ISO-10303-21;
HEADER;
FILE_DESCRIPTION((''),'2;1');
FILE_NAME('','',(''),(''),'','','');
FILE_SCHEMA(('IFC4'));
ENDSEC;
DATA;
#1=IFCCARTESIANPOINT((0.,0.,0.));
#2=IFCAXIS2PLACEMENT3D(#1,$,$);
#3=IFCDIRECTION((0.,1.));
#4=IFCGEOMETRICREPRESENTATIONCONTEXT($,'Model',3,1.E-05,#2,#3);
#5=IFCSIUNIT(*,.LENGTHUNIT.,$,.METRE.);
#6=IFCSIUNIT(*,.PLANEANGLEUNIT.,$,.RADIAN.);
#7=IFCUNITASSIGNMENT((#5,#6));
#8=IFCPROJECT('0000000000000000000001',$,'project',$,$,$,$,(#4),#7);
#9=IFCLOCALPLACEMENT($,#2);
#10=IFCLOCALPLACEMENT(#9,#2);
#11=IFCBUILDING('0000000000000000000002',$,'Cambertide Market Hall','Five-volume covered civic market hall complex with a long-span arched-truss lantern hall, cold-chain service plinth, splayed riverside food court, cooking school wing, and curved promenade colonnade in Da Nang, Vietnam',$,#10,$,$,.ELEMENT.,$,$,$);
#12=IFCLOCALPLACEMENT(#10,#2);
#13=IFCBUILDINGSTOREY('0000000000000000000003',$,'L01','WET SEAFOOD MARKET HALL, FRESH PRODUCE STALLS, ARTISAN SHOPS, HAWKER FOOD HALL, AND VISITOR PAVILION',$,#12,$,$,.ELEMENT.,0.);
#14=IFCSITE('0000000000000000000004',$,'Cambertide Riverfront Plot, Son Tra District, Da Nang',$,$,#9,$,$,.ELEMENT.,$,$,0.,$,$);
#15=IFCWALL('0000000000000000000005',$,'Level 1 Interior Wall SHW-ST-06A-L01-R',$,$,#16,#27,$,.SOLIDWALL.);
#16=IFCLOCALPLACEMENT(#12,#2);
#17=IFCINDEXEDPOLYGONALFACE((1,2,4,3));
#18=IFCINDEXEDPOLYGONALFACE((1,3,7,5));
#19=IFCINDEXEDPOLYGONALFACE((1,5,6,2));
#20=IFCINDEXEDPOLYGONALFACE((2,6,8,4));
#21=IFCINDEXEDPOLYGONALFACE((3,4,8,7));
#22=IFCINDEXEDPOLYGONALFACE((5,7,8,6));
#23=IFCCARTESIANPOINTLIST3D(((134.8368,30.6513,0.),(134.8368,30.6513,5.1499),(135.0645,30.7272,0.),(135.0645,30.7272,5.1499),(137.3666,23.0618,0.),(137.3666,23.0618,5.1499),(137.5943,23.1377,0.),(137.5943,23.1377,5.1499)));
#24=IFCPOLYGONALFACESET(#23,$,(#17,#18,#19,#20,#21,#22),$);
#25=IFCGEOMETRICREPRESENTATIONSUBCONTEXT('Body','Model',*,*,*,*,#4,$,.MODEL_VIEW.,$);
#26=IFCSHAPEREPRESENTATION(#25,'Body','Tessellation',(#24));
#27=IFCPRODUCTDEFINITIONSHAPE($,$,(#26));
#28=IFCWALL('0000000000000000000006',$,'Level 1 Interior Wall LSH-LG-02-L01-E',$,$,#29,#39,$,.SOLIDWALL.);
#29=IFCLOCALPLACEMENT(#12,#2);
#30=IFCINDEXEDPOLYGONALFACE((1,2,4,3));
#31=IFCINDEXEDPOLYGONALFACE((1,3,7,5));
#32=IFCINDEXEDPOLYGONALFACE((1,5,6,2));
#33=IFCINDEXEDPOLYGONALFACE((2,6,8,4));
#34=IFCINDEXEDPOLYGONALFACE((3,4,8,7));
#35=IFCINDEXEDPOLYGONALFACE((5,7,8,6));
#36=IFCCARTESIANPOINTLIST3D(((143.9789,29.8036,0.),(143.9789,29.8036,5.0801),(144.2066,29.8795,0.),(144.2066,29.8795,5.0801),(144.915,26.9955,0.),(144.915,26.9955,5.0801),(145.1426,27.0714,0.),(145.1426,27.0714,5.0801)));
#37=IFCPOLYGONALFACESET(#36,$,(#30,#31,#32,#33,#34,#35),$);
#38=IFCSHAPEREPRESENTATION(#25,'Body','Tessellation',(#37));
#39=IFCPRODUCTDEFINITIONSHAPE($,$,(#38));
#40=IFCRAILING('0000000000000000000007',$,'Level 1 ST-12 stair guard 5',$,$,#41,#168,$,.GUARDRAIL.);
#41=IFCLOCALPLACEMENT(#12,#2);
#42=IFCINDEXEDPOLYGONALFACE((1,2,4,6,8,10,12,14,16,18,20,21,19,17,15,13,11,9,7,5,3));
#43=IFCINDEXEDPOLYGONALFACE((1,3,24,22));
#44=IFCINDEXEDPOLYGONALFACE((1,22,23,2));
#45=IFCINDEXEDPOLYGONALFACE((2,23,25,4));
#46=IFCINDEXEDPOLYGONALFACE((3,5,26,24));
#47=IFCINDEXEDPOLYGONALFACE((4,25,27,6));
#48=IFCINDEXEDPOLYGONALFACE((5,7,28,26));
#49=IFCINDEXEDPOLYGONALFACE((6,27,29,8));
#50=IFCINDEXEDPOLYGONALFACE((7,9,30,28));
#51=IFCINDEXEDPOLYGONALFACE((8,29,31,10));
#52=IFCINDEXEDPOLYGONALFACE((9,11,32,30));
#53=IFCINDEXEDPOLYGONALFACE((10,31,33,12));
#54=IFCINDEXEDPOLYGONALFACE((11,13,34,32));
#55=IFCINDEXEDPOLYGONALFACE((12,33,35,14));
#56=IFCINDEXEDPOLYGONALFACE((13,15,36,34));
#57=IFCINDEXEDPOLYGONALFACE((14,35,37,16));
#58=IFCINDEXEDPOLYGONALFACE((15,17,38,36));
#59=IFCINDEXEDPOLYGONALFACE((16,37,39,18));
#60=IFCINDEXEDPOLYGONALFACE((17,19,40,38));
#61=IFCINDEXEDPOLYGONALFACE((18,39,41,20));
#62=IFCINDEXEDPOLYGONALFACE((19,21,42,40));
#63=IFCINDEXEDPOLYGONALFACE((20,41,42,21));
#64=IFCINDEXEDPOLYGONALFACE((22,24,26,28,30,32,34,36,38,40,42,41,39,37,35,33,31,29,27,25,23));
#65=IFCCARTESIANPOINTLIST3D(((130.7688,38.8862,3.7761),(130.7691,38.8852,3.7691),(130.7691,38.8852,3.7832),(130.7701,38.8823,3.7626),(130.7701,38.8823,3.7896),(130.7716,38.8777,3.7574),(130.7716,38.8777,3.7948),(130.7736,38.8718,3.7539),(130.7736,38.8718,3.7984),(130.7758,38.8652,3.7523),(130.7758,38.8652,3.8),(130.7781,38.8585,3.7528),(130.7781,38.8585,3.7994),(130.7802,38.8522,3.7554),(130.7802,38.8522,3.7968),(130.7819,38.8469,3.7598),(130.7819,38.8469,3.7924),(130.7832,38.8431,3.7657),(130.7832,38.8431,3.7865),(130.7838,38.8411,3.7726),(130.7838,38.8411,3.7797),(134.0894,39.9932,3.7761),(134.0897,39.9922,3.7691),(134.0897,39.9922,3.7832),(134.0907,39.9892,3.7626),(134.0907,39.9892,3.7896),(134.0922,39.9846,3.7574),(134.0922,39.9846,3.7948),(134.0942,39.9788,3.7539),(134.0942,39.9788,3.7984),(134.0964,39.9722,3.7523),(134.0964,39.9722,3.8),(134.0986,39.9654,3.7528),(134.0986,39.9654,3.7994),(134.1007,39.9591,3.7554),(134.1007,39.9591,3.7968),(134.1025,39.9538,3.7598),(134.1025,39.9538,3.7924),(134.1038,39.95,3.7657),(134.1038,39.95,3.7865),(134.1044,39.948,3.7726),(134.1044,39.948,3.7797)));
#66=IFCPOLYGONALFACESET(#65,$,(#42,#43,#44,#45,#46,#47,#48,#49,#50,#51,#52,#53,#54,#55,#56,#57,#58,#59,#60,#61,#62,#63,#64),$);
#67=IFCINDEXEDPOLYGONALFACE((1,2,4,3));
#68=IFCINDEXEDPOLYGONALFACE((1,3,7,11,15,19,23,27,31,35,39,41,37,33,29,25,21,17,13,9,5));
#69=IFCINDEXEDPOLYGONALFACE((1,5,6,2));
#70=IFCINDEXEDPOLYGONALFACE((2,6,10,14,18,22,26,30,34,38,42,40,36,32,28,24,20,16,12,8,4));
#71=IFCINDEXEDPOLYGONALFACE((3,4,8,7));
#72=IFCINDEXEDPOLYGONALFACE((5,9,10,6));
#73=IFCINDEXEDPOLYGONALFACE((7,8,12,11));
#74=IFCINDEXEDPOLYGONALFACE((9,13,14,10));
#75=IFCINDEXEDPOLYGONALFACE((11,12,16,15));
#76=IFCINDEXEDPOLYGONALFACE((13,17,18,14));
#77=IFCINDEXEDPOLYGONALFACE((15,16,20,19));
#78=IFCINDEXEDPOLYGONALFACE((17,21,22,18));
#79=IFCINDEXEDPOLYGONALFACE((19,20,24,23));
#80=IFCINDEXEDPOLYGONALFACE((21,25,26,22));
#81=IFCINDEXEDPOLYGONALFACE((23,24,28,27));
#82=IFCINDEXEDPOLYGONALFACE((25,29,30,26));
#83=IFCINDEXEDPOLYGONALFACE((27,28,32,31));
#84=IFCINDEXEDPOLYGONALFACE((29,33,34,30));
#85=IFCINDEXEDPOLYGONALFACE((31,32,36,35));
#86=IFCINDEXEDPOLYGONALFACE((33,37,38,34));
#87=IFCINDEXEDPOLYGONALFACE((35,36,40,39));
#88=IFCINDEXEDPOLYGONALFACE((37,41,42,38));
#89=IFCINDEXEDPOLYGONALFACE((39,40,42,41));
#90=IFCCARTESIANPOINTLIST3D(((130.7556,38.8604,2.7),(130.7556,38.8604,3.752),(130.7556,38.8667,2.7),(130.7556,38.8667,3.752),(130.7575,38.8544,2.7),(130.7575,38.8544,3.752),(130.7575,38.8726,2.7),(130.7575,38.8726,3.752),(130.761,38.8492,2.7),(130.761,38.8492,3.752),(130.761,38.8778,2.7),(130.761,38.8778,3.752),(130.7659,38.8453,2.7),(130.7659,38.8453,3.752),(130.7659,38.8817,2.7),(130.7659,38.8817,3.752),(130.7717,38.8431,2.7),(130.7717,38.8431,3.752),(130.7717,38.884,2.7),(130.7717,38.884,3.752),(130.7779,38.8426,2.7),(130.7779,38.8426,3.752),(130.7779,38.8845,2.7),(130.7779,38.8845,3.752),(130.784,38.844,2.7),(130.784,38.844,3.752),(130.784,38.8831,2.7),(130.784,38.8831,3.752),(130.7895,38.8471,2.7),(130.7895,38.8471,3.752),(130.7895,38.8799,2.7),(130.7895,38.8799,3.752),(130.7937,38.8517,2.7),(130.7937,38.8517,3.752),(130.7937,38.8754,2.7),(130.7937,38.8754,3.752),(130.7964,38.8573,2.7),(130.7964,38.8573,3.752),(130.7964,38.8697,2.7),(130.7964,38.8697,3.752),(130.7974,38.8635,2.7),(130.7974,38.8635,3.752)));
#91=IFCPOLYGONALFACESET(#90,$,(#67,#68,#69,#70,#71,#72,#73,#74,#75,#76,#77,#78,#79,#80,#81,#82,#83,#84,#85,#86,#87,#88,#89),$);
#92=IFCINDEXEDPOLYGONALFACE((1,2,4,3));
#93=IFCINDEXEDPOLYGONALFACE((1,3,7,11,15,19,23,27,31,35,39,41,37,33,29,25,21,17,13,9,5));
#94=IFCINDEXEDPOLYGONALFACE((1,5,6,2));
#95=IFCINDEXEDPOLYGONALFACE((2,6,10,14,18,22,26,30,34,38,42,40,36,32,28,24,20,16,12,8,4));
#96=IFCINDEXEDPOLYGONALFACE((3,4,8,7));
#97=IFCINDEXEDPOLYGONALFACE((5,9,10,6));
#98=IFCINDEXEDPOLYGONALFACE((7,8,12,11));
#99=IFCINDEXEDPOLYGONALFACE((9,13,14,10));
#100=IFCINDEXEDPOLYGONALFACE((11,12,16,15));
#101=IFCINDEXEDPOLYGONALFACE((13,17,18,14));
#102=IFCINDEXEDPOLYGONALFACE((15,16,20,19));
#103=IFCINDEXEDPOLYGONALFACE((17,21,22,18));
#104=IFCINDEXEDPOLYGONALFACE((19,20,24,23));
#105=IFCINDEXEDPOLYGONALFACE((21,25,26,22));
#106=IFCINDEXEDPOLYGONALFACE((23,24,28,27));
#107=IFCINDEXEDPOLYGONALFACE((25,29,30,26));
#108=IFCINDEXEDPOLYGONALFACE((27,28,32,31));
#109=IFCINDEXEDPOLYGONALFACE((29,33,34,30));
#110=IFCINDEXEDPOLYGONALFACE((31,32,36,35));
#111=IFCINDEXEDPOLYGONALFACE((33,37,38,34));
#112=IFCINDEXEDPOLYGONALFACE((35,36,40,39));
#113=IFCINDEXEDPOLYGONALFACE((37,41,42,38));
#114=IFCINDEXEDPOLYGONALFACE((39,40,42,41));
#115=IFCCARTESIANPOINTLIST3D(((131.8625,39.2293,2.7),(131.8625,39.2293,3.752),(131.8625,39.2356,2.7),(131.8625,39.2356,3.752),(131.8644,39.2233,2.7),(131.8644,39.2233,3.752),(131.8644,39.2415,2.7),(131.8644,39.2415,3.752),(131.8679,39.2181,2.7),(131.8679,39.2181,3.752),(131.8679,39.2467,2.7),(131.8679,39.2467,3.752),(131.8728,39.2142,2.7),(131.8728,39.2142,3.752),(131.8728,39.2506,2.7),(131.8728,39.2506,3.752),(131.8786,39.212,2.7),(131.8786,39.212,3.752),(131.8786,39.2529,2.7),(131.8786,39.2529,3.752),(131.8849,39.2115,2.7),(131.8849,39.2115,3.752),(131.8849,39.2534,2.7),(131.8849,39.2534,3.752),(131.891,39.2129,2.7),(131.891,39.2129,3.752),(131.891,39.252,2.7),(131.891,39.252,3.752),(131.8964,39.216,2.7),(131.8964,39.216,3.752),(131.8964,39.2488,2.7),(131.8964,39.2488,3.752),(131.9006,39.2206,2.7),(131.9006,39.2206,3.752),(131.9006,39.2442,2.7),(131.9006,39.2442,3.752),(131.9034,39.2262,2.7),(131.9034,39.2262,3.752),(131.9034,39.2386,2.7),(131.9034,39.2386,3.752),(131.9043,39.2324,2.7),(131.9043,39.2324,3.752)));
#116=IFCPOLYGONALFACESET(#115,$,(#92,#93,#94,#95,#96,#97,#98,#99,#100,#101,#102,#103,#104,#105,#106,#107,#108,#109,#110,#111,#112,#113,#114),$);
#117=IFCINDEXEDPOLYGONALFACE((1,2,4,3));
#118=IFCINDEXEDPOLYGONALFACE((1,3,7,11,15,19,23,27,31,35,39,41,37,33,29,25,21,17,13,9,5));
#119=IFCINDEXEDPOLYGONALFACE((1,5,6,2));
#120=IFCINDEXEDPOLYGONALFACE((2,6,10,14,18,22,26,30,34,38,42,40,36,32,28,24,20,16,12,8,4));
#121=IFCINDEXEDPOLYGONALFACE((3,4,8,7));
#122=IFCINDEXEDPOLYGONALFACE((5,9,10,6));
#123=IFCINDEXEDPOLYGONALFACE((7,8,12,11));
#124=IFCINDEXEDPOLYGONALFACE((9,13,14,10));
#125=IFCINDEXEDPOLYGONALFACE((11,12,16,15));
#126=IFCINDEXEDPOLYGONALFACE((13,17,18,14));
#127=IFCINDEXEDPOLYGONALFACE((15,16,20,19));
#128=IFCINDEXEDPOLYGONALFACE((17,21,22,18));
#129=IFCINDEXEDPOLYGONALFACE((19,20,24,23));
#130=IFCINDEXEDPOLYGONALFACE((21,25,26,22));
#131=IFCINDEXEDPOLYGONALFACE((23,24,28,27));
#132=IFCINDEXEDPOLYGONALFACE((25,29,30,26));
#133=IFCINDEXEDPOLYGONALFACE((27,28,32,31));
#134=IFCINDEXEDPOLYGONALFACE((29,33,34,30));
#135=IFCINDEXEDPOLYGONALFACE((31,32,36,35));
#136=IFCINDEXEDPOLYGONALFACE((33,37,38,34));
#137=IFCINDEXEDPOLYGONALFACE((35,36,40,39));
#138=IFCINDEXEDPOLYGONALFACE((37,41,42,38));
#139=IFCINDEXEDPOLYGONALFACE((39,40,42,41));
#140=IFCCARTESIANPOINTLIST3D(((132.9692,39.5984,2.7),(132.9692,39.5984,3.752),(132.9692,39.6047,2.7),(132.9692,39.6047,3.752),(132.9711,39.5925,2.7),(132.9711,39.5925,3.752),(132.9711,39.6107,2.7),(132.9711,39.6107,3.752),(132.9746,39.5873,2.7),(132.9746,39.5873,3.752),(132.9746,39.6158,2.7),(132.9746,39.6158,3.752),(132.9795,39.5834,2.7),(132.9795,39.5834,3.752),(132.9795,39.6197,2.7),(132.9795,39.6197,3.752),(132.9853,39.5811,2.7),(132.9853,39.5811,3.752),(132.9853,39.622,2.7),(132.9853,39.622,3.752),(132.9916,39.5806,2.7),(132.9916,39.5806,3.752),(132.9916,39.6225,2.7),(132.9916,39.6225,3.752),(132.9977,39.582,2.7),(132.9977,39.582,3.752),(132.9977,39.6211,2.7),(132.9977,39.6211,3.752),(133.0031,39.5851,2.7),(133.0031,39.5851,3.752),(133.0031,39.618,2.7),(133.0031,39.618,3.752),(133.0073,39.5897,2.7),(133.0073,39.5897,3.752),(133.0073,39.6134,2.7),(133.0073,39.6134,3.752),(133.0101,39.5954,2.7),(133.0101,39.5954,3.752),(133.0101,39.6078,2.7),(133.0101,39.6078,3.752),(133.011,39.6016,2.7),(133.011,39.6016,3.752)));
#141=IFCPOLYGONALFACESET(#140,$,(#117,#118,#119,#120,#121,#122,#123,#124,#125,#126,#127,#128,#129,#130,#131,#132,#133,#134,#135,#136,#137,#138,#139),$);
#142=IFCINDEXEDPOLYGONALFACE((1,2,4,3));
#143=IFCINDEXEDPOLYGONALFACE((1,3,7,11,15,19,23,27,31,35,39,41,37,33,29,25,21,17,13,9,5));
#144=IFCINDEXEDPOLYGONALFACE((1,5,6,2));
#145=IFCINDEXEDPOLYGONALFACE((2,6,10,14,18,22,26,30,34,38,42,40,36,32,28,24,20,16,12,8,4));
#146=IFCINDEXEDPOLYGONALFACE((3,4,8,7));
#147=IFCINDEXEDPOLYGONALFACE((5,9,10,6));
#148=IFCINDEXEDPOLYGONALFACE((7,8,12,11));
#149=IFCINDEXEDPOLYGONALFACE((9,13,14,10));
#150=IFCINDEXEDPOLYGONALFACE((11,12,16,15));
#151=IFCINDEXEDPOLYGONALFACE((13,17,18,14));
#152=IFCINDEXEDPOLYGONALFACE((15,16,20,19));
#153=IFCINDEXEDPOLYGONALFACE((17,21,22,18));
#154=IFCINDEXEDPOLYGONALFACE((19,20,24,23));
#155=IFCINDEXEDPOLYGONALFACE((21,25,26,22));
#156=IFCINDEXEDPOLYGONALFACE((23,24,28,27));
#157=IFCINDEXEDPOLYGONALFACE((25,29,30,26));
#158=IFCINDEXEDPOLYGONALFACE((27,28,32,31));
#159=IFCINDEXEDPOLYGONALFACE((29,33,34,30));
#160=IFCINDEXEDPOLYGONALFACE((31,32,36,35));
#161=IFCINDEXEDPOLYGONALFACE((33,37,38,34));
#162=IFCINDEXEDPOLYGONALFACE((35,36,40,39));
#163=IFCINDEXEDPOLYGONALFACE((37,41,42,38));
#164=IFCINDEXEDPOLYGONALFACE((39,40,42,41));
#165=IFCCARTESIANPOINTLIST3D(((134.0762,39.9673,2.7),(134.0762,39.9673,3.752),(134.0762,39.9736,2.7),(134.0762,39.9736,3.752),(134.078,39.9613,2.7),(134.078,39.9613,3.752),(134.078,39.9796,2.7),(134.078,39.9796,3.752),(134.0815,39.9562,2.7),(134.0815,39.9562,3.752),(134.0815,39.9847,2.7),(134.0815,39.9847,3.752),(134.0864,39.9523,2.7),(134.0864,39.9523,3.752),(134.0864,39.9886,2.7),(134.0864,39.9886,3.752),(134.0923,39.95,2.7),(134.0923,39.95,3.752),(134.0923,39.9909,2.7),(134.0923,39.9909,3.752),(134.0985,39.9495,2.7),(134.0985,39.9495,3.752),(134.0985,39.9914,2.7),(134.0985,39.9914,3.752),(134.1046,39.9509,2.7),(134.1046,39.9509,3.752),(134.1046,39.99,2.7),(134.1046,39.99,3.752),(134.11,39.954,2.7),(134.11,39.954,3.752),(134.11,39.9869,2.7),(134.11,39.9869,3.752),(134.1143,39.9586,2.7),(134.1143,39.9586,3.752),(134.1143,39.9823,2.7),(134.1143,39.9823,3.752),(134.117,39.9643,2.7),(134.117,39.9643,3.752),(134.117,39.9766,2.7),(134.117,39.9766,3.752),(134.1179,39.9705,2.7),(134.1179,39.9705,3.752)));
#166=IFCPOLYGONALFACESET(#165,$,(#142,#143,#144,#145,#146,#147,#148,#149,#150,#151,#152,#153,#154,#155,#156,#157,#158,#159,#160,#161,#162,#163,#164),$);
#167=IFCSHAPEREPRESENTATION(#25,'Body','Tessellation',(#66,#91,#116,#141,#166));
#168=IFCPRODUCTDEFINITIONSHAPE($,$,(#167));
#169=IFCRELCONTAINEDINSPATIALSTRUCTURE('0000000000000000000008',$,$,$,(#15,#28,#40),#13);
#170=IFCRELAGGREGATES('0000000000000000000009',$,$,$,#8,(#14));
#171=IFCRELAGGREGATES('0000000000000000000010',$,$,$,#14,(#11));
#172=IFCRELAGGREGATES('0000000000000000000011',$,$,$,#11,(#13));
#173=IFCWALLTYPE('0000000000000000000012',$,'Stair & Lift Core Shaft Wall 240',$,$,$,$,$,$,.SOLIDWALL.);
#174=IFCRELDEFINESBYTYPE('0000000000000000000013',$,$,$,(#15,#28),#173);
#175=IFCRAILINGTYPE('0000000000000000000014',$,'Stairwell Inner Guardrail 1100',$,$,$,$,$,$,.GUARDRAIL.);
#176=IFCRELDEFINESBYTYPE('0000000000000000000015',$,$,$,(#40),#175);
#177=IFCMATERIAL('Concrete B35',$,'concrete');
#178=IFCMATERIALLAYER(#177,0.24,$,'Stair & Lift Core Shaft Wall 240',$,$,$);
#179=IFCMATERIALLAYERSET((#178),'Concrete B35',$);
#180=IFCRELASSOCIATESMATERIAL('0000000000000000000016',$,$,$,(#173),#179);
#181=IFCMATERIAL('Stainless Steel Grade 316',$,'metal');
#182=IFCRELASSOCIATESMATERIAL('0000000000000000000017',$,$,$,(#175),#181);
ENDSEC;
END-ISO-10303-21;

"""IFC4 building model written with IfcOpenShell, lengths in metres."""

from ifc_helpers import new_model, si_unit, direction, frame, frame_2d, origin, origin_2d, place, context, subcontext, project, spatial, rectangle, circle, extrude, material, layer, layer_set, type_object, element, save


model = new_model("IFC4")

# Units and contexts
model_context = context("Model", 3, precision=1e-05, world=origin(), true_north=direction((0.0, 1.0)))
body_context = subcontext(model_context, "Body", "Model", "MODEL_VIEW")
ifc_project = project(units=[si_unit("LENGTHUNIT", "METRE"), si_unit("PLANEANGLEUNIT", "RADIAN")], contexts=[model_context])

# Site, building, storey
site_placement = place(None, origin())
site = spatial("IfcSite", under=ifc_project, at=site_placement, Name="Cambertide Riverfront Plot, Son Tra District, Da Nang", CompositionType="ELEMENT", RefElevation=0.0)
building_placement = place(site_placement, origin())
building = spatial("IfcBuilding", under=site, at=building_placement, Name="Cambertide Market Hall", Description="Five-volume covered civic market hall complex with a long-span arched-truss lantern hall, cold-chain service plinth, splayed riverside food court, cooking school wing, and curved promenade colonnade in Da Nang, Vietnam", CompositionType="ELEMENT")
storey_placement = place(building_placement, origin())
storey = spatial("IfcBuildingStorey", under=building, at=storey_placement, Name="L01", Description="WET SEAFOOD MARKET HALL, FRESH PRODUCE STALLS, ARTISAN SHOPS, HAWKER FOOD HALL, AND VISITOR PAVILION", CompositionType="ELEMENT", Elevation=0.0)

# Shared definitions
ifc_material_1 = material(Name="Concrete B35", Category="concrete")
ifc_layer_1 = layer(ifc_material_1, 0.24, Name="Stair & Lift Core Shaft Wall 240")
ifc_layer_set_1 = layer_set([ifc_layer_1], Name="Concrete B35")
wall_type_1 = type_object("IfcWallType", Name="Stair & Lift Core Shaft Wall 240", PredefinedType="SOLIDWALL", material=ifc_layer_set_1)

# Walls
wall_1_placement = place(storey_placement, frame((134.9507, 30.6892, 0.0), z_axis=(0.0, 0.0, 1.0), x_axis=(0.316219, -0.948686, 0.0)))
element("IfcWall", 1, at=wall_1_placement, inside=storey, type_object=wall_type_1, Name="Level 1 Interior Wall SHW-ST-06A-L01-R", PredefinedType="SOLIDWALL", context=body_context, shape_type="SweptSolid", body=[
    extrude(rectangle(XDim=8.0, YDim=0.24, at=frame_2d((4.0, 0.0))), origin(), (0.0, 0.0, 1.0), 5.1499),
])
wall_2_placement = place(storey_placement, frame((144.0928, 29.8416, 0.0), z_axis=(0.0, 0.0, 1.0), x_axis=(0.316228, -0.948683, 0.0)))
element("IfcWall", 2, at=wall_2_placement, inside=storey, type_object=wall_type_1, Name="Level 1 Interior Wall LSH-LG-02-L01-E", PredefinedType="SOLIDWALL", context=body_context, shape_type="SweptSolid", body=[
    extrude(rectangle(XDim=2.96, YDim=0.24, at=frame_2d((1.48, 0.0))), origin(), (0.0, 0.0, 1.0), 5.0801),
])

# Railing
ifc_material_2 = material(Name="Stainless Steel Grade 316", Category="metal")
railing_type = type_object("IfcRailingType", Name="Stairwell Inner Guardrail 1100", PredefinedType="GUARDRAIL", material=ifc_material_2)
railing_placement = place(storey_placement, frame((130.7764, 38.8635, 2.7)))
element("IfcRailing", 3, at=railing_placement, inside=storey, type_object=railing_type, Name="Level 1 ST-12 stair guard 5", PredefinedType="GUARDRAIL", context=body_context, shape_type="SweptSolid", body=[
    extrude(circle(Radius=0.0239, at=origin_2d()), frame((0.0, 0.0, 1.0762), z_axis=(0.948676, 0.316249, 0.0), x_axis=(-0.316249, 0.948676, 0.0)), (0.0, 0.0, 1.0), 3.5002),
    extrude(circle(Radius=0.021, at=origin_2d()), origin(), (0.0, 0.0, 1.0), 1.052),
    extrude(circle(Radius=0.021, at=origin_2d()), frame((1.1069, 0.3689, 0.0)), (0.0, 0.0, 1.0), 1.052),
    extrude(circle(Radius=0.021, at=origin_2d()), frame((2.2136, 0.738, 0.0)), (0.0, 0.0, 1.0), 1.052),
    extrude(circle(Radius=0.021, at=origin_2d()), frame((3.3206, 1.1069, 0.0)), (0.0, 0.0, 1.0), 1.052),
])

save(model, "model.ifc")
